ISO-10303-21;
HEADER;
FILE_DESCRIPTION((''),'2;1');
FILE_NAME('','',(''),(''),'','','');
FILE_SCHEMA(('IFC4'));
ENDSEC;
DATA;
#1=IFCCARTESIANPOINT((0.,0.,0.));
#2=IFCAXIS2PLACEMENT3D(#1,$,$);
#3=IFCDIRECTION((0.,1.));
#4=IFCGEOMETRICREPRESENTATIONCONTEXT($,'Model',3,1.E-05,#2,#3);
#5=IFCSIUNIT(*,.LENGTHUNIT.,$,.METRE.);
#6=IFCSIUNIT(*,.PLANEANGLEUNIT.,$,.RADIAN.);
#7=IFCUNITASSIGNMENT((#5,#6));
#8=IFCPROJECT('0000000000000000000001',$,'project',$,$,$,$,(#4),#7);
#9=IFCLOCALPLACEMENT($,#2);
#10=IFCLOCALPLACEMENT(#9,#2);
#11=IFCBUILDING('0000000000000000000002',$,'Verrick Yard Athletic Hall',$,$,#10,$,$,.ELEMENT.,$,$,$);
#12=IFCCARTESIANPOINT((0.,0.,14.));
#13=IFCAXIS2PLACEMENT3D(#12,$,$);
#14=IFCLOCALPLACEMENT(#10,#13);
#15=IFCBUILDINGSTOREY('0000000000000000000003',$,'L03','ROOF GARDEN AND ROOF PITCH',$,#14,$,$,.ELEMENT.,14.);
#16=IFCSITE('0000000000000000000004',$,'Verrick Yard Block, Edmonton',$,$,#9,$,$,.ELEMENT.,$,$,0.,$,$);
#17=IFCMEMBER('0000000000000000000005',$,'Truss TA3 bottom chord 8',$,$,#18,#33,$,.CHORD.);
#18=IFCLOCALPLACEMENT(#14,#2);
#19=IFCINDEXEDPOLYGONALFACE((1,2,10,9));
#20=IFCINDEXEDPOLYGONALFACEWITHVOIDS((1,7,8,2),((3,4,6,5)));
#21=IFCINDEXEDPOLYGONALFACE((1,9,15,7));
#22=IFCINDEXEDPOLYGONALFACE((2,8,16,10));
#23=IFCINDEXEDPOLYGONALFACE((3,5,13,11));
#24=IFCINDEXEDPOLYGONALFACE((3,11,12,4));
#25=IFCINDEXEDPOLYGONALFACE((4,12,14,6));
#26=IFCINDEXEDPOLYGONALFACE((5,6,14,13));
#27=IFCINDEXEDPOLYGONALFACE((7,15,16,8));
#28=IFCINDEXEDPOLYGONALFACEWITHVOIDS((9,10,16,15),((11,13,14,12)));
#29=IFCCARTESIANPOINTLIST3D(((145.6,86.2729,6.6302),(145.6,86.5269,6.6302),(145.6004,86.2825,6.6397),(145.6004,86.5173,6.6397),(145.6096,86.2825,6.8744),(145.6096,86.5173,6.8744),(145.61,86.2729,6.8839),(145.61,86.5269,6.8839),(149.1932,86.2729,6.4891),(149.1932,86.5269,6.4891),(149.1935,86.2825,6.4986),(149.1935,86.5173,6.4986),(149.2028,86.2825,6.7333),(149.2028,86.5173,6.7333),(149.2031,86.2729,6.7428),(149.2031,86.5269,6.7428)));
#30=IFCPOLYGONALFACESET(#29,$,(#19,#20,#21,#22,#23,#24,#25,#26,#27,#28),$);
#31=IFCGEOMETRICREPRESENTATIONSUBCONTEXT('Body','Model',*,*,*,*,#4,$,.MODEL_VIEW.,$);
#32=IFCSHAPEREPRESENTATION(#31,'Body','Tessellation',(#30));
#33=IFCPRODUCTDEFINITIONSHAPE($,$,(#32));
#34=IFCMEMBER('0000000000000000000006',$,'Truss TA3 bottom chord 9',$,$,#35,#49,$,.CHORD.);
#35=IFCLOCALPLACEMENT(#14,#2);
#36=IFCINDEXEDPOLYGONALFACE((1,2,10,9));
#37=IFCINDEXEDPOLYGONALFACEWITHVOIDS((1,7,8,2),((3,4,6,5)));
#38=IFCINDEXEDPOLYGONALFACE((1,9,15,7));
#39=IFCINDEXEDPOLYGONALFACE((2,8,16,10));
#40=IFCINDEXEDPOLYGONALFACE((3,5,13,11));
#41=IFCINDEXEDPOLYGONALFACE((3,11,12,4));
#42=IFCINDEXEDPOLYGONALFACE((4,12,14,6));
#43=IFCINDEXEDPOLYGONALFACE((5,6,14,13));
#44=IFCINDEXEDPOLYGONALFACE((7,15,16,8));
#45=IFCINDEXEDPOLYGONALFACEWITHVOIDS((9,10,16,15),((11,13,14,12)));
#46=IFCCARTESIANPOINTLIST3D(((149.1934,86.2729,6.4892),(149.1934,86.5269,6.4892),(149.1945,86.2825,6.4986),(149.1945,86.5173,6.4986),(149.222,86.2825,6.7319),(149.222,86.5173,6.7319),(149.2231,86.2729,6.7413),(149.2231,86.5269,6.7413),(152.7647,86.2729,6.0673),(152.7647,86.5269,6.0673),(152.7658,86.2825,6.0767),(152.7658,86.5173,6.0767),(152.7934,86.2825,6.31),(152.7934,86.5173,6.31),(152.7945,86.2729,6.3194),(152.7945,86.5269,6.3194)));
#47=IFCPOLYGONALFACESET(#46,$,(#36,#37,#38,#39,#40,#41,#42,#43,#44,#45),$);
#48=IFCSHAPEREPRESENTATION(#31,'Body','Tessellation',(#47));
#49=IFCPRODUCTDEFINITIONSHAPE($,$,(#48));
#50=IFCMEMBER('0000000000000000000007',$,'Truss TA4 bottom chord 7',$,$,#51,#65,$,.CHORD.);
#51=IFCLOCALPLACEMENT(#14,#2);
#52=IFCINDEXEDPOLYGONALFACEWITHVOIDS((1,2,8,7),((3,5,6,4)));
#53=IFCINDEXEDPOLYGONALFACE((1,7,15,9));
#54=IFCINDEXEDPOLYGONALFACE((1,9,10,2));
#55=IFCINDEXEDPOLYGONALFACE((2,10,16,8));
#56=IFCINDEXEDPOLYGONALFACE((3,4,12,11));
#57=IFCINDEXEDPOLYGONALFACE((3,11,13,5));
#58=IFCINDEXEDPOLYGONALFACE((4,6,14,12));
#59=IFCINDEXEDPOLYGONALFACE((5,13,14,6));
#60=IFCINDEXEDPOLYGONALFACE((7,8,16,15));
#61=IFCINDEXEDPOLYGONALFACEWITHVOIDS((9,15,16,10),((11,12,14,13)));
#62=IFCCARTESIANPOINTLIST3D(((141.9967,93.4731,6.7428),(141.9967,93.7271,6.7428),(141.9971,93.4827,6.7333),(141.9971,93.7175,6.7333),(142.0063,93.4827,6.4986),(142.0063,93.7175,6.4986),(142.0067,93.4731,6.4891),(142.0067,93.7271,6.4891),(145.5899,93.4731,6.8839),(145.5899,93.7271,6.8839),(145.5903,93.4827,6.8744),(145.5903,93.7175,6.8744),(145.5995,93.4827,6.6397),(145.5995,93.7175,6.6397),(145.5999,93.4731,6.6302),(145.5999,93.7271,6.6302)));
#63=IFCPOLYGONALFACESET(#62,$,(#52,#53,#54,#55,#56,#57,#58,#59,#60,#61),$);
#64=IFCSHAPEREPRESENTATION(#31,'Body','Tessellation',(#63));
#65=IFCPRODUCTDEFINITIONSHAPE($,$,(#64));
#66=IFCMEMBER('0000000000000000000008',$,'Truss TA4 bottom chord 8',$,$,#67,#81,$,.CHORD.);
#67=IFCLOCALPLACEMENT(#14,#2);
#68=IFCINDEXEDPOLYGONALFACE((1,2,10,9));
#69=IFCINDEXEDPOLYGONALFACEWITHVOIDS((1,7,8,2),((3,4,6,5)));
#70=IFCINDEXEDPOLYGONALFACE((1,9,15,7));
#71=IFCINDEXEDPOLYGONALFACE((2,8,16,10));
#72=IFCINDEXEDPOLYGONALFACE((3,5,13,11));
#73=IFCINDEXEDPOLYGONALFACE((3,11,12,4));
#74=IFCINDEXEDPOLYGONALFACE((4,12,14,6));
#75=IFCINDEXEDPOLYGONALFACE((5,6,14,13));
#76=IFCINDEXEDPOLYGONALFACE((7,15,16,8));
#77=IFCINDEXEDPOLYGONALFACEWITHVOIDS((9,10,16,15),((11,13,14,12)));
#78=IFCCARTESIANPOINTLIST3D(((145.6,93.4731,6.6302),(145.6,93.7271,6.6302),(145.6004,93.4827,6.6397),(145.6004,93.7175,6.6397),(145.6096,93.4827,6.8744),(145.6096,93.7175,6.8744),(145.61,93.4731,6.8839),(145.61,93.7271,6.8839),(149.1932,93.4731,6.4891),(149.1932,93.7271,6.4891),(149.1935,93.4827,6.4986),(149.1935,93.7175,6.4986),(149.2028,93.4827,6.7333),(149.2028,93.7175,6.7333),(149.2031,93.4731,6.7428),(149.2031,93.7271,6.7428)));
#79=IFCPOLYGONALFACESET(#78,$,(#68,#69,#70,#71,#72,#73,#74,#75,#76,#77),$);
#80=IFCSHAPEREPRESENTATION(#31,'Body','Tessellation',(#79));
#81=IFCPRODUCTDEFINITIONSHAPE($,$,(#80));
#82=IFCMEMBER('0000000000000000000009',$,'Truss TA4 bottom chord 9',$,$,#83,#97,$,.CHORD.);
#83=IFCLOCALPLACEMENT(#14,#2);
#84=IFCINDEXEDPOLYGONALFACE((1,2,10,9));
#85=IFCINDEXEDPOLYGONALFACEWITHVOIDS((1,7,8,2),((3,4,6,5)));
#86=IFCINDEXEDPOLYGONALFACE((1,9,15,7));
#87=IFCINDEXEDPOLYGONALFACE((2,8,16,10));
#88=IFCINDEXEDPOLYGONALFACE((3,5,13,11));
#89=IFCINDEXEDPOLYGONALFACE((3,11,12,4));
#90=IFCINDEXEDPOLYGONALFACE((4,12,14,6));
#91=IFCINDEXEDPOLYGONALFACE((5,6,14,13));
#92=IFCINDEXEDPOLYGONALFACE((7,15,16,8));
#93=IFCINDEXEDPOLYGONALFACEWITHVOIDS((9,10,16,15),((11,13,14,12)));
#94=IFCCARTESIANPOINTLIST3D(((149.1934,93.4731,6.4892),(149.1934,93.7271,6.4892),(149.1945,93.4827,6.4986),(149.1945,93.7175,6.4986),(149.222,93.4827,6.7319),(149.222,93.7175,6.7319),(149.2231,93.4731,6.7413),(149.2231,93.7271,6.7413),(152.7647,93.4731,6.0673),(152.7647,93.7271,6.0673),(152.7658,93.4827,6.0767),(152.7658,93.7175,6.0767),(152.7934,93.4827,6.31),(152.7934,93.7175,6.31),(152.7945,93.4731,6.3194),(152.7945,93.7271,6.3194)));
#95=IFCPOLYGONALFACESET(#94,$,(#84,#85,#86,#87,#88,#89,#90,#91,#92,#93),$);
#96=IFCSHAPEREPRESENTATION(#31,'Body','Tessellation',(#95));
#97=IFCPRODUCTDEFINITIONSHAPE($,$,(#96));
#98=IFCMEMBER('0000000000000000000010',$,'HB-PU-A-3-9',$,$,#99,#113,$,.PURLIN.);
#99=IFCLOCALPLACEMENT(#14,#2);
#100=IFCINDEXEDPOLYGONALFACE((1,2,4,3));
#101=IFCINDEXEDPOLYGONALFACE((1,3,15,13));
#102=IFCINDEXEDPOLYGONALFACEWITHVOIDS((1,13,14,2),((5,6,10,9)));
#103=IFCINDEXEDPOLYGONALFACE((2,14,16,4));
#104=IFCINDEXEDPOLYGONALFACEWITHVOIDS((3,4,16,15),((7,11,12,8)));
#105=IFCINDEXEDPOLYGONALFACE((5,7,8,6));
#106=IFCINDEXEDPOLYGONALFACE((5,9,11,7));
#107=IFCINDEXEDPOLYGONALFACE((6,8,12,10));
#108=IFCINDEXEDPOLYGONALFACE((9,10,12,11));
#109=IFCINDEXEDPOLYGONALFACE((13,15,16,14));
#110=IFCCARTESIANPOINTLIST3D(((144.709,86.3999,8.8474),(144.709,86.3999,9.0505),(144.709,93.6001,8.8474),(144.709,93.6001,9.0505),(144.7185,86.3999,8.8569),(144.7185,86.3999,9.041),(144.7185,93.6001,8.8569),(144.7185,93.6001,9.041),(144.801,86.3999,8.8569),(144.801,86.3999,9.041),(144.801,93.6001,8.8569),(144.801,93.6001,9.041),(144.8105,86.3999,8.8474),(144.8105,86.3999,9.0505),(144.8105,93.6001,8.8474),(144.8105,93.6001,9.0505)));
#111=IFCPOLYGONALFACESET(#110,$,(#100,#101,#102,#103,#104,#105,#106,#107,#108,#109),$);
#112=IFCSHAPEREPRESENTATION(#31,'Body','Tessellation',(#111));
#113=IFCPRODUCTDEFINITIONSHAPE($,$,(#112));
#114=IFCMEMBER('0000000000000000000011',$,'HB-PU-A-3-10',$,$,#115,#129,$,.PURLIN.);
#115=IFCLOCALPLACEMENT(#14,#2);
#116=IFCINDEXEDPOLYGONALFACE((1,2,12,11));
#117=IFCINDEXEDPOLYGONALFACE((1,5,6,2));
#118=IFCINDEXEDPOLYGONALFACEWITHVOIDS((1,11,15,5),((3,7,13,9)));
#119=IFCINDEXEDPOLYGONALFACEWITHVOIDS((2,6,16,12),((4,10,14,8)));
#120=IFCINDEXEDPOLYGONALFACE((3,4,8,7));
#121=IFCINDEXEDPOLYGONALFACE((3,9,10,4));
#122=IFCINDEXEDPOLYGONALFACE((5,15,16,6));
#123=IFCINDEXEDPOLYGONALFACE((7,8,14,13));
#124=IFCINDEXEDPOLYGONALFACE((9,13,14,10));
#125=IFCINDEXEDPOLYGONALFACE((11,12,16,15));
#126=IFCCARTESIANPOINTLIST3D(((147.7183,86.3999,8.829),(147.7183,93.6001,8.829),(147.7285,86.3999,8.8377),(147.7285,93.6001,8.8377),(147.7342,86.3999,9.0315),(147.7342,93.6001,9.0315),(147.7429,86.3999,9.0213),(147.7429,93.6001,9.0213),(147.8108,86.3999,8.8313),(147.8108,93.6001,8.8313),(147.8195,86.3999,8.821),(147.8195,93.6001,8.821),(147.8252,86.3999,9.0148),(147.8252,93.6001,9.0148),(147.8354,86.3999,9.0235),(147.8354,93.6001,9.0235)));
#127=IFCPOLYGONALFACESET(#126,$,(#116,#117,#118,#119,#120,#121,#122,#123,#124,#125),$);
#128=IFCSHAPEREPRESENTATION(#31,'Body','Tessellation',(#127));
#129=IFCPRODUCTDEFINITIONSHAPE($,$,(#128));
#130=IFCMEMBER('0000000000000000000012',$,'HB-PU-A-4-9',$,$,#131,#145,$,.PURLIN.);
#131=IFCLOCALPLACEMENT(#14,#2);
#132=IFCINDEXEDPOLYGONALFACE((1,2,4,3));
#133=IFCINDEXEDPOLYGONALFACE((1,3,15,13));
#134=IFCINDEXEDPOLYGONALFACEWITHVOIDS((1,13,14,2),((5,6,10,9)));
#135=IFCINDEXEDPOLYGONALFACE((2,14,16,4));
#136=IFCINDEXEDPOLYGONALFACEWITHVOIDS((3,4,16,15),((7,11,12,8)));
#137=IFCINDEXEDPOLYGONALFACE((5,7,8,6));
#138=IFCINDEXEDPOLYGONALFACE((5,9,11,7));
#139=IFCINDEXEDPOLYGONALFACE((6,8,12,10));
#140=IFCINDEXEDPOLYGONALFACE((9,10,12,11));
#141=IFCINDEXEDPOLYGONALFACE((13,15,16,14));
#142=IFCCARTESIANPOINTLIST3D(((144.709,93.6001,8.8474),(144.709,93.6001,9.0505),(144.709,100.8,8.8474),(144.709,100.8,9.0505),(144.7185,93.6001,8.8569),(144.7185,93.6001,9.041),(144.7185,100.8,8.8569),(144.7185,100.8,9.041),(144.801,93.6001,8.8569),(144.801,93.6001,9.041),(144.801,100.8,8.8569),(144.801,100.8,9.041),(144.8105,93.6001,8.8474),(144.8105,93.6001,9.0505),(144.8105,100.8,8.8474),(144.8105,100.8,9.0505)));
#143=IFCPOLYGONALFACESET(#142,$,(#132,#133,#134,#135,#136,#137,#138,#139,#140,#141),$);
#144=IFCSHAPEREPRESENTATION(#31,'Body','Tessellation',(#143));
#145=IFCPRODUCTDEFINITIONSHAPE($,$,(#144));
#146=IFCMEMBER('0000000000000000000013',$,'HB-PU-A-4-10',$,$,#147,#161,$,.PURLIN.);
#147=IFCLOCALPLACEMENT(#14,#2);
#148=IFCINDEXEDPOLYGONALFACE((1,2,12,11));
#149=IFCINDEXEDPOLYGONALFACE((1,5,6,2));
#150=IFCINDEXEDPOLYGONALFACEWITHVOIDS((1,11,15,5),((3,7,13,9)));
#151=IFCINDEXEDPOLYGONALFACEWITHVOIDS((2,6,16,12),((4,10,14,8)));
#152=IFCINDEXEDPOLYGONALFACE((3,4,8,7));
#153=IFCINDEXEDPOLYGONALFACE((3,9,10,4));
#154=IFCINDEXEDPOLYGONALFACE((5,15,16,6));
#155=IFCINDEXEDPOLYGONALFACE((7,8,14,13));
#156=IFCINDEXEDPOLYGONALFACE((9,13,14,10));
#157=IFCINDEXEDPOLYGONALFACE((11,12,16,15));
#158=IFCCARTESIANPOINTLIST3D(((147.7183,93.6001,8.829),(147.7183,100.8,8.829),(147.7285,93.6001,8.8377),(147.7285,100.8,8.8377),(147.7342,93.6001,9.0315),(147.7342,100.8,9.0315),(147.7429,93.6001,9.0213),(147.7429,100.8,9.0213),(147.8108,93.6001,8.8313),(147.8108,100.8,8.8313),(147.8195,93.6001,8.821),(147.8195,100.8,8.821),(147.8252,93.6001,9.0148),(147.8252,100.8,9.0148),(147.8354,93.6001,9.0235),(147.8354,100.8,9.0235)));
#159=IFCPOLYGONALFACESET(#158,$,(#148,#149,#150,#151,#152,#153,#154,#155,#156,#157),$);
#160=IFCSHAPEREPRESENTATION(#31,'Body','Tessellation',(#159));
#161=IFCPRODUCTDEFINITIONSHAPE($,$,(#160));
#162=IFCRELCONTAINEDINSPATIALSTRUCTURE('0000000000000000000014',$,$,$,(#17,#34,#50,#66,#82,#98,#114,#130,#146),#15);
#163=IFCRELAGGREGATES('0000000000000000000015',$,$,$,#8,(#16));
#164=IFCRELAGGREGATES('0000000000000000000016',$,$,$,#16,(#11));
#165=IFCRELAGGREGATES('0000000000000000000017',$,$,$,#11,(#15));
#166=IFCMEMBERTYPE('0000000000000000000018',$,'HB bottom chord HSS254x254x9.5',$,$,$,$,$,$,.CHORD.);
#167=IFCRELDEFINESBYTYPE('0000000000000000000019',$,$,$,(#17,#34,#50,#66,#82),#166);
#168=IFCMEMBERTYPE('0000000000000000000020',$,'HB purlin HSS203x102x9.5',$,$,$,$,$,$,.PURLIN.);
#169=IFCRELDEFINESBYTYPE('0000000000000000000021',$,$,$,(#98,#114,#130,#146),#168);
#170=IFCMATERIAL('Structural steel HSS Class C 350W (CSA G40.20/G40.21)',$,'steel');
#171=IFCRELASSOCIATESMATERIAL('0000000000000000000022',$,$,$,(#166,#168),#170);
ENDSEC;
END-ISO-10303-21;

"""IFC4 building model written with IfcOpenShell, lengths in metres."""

from ifc_helpers import new_model, si_unit, direction, frame, origin, origin_2d, place, context, subcontext, project, spatial, hollow_rectangle, extrude, material, material_profile, profile_set, type_object, element, save


model = new_model("IFC4")

# Units and contexts
model_context = context("Model", 3, precision=1e-05, world=origin(), true_north=direction((0.0, 1.0)))
body_context = subcontext(model_context, "Body", "Model", "MODEL_VIEW")
ifc_project = project(units=[si_unit("LENGTHUNIT", "METRE"), si_unit("PLANEANGLEUNIT", "RADIAN")], contexts=[model_context])

# Site, building, storey
site_placement = place(None, origin())
site = spatial("IfcSite", under=ifc_project, at=site_placement, Name="Verrick Yard Block, Edmonton", CompositionType="ELEMENT", RefElevation=0.0)
building_placement = place(site_placement, origin())
building = spatial("IfcBuilding", under=site, at=building_placement, Name="Verrick Yard Athletic Hall", CompositionType="ELEMENT")
storey_placement = place(building_placement, frame((0.0, 0.0, 14.0)))
storey = spatial("IfcBuildingStorey", under=building, at=storey_placement, Name="L03", Description="ROOF GARDEN AND ROOF PITCH", CompositionType="ELEMENT", Elevation=14.0)

# Members
ifc_material_1 = material(Name="Structural steel HSS Class C 350W (CSA G40.20/G40.21)", Category="steel")
ifc_material_profile_1 = material_profile(ifc_material_1, hollow_rectangle(XDim=0.2539, YDim=0.2539, WallThickness=0.0095, at=origin_2d()), Name="HSS254x254x9.5")
ifc_profile_set_1 = profile_set([ifc_material_profile_1], Name="Structural steel HSS Class C 350W (CSA G40.20/G40.21)")
member_type_1 = type_object("IfcMemberType", Name="HB bottom chord HSS254x254x9.5", PredefinedType="CHORD", material=ifc_profile_set_1)
member_1_placement = place(storey_placement, frame((145.605, 86.3999, 6.7571), z_axis=(0.99923, 0.0, -0.039241), x_axis=(0.0, 1.0, 0.0)))
element("IfcMember", 1, at=member_1_placement, inside=storey, type_object=member_type_1, Name="Truss TA3 bottom chord 8", PredefinedType="CHORD", context=body_context, shape_type="SweptSolid", body=[
    extrude(hollow_rectangle(XDim=0.2539, YDim=0.2539, WallThickness=0.0095, at=origin_2d()), origin(), (0.0, 0.0, 1.0), 3.5959),
])
member_2_placement = place(storey_placement, frame((149.2083, 86.3999, 6.6152), z_axis=(0.993095, 0.0, -0.117314), x_axis=(0.0, 1.0, 0.0)))
element("IfcMember", 2, at=member_2_placement, inside=storey, type_object=member_type_1, Name="Truss TA3 bottom chord 9", PredefinedType="CHORD", context=body_context, shape_type="SweptSolid", body=[
    extrude(hollow_rectangle(XDim=0.2539, YDim=0.2539, WallThickness=0.0095, at=origin_2d()), origin(), (0.0, 0.0, 1.0), 3.5962),
])
for number, where, z_axis, x_axis, name in (
    (3, (142.0017, 93.6001, 6.616), (0.99923, 0.0, 0.039241), (0.0, 1.0, 0.0), "Truss TA4 bottom chord 7"),
    (4, (145.605, 93.6001, 6.7571), (0.99923, 0.0, -0.039241), (0.0, 1.0, 0.0), "Truss TA4 bottom chord 8"),
):
    element("IfcMember", number, at=place(storey_placement, frame(where, z_axis=z_axis, x_axis=x_axis)), inside=storey, type_object=member_type_1, Name=name, PredefinedType="CHORD", context=body_context, shape_type="SweptSolid", body=[
        extrude(hollow_rectangle(XDim=0.2539, YDim=0.2539, WallThickness=0.0095, at=origin_2d()), origin(), (0.0, 0.0, 1.0), 3.5959),
    ])
member_3_placement = place(storey_placement, frame((149.2083, 93.6001, 6.6152), z_axis=(0.993095, 0.0, -0.117314), x_axis=(0.0, 1.0, 0.0)))
element("IfcMember", 5, at=member_3_placement, inside=storey, type_object=member_type_1, Name="Truss TA4 bottom chord 9", PredefinedType="CHORD", context=body_context, shape_type="SweptSolid", body=[
    extrude(hollow_rectangle(XDim=0.2539, YDim=0.2539, WallThickness=0.0095, at=origin_2d()), origin(), (0.0, 0.0, 1.0), 3.5962),
])
ifc_material_profile_2 = material_profile(ifc_material_1, hollow_rectangle(XDim=0.1016, YDim=0.2031, WallThickness=0.0095, at=origin_2d()), Name="HSS203x102x9.5")
ifc_profile_set_2 = profile_set([ifc_material_profile_2], Name="Structural steel HSS Class C 350W (CSA G40.20/G40.21)")
member_type_2 = type_object("IfcMemberType", Name="HB purlin HSS203x102x9.5", PredefinedType="PURLIN", material=ifc_profile_set_2)
for number, where, z_axis, x_axis, name in (
    (6, (144.7598, 86.3999, 8.949), (0.0, 1.0, 0.0), (-1.0, 0.0, 0.0), "HB-PU-A-3-9"),
    (7, (147.7769, 86.3999, 8.9263), (0.0, 1.0, 0.0), (-0.996927, 0.0, 0.078332), "HB-PU-A-3-10"),
):
    element("IfcMember", number, at=place(storey_placement, frame(where, z_axis=z_axis, x_axis=x_axis)), inside=storey, type_object=member_type_2, Name=name, PredefinedType="PURLIN", context=body_context, shape_type="SweptSolid", body=[
        extrude(hollow_rectangle(XDim=0.1016, YDim=0.2031, WallThickness=0.0095, at=origin_2d()), origin(), (0.0, 0.0, 1.0), 7.2002),
    ])
for number, where, z_axis, x_axis, name in (
    (8, (144.7598, 93.6001, 8.949), (0.0, 1.0, 0.0), (-1.0, 0.0, 0.0), "HB-PU-A-4-9"),
    (9, (147.7769, 93.6001, 8.9263), (0.0, 1.0, 0.0), (-0.996927, 0.0, 0.078332), "HB-PU-A-4-10"),
):
    element("IfcMember", number, at=place(storey_placement, frame(where, z_axis=z_axis, x_axis=x_axis)), inside=storey, type_object=member_type_2, Name=name, PredefinedType="PURLIN", context=body_context, shape_type="SweptSolid", body=[
        extrude(hollow_rectangle(XDim=0.1016, YDim=0.2031, WallThickness=0.0095, at=origin_2d()), origin(), (0.0, 0.0, 1.0), 7.2),
    ])

save(model, "model.ifc")
